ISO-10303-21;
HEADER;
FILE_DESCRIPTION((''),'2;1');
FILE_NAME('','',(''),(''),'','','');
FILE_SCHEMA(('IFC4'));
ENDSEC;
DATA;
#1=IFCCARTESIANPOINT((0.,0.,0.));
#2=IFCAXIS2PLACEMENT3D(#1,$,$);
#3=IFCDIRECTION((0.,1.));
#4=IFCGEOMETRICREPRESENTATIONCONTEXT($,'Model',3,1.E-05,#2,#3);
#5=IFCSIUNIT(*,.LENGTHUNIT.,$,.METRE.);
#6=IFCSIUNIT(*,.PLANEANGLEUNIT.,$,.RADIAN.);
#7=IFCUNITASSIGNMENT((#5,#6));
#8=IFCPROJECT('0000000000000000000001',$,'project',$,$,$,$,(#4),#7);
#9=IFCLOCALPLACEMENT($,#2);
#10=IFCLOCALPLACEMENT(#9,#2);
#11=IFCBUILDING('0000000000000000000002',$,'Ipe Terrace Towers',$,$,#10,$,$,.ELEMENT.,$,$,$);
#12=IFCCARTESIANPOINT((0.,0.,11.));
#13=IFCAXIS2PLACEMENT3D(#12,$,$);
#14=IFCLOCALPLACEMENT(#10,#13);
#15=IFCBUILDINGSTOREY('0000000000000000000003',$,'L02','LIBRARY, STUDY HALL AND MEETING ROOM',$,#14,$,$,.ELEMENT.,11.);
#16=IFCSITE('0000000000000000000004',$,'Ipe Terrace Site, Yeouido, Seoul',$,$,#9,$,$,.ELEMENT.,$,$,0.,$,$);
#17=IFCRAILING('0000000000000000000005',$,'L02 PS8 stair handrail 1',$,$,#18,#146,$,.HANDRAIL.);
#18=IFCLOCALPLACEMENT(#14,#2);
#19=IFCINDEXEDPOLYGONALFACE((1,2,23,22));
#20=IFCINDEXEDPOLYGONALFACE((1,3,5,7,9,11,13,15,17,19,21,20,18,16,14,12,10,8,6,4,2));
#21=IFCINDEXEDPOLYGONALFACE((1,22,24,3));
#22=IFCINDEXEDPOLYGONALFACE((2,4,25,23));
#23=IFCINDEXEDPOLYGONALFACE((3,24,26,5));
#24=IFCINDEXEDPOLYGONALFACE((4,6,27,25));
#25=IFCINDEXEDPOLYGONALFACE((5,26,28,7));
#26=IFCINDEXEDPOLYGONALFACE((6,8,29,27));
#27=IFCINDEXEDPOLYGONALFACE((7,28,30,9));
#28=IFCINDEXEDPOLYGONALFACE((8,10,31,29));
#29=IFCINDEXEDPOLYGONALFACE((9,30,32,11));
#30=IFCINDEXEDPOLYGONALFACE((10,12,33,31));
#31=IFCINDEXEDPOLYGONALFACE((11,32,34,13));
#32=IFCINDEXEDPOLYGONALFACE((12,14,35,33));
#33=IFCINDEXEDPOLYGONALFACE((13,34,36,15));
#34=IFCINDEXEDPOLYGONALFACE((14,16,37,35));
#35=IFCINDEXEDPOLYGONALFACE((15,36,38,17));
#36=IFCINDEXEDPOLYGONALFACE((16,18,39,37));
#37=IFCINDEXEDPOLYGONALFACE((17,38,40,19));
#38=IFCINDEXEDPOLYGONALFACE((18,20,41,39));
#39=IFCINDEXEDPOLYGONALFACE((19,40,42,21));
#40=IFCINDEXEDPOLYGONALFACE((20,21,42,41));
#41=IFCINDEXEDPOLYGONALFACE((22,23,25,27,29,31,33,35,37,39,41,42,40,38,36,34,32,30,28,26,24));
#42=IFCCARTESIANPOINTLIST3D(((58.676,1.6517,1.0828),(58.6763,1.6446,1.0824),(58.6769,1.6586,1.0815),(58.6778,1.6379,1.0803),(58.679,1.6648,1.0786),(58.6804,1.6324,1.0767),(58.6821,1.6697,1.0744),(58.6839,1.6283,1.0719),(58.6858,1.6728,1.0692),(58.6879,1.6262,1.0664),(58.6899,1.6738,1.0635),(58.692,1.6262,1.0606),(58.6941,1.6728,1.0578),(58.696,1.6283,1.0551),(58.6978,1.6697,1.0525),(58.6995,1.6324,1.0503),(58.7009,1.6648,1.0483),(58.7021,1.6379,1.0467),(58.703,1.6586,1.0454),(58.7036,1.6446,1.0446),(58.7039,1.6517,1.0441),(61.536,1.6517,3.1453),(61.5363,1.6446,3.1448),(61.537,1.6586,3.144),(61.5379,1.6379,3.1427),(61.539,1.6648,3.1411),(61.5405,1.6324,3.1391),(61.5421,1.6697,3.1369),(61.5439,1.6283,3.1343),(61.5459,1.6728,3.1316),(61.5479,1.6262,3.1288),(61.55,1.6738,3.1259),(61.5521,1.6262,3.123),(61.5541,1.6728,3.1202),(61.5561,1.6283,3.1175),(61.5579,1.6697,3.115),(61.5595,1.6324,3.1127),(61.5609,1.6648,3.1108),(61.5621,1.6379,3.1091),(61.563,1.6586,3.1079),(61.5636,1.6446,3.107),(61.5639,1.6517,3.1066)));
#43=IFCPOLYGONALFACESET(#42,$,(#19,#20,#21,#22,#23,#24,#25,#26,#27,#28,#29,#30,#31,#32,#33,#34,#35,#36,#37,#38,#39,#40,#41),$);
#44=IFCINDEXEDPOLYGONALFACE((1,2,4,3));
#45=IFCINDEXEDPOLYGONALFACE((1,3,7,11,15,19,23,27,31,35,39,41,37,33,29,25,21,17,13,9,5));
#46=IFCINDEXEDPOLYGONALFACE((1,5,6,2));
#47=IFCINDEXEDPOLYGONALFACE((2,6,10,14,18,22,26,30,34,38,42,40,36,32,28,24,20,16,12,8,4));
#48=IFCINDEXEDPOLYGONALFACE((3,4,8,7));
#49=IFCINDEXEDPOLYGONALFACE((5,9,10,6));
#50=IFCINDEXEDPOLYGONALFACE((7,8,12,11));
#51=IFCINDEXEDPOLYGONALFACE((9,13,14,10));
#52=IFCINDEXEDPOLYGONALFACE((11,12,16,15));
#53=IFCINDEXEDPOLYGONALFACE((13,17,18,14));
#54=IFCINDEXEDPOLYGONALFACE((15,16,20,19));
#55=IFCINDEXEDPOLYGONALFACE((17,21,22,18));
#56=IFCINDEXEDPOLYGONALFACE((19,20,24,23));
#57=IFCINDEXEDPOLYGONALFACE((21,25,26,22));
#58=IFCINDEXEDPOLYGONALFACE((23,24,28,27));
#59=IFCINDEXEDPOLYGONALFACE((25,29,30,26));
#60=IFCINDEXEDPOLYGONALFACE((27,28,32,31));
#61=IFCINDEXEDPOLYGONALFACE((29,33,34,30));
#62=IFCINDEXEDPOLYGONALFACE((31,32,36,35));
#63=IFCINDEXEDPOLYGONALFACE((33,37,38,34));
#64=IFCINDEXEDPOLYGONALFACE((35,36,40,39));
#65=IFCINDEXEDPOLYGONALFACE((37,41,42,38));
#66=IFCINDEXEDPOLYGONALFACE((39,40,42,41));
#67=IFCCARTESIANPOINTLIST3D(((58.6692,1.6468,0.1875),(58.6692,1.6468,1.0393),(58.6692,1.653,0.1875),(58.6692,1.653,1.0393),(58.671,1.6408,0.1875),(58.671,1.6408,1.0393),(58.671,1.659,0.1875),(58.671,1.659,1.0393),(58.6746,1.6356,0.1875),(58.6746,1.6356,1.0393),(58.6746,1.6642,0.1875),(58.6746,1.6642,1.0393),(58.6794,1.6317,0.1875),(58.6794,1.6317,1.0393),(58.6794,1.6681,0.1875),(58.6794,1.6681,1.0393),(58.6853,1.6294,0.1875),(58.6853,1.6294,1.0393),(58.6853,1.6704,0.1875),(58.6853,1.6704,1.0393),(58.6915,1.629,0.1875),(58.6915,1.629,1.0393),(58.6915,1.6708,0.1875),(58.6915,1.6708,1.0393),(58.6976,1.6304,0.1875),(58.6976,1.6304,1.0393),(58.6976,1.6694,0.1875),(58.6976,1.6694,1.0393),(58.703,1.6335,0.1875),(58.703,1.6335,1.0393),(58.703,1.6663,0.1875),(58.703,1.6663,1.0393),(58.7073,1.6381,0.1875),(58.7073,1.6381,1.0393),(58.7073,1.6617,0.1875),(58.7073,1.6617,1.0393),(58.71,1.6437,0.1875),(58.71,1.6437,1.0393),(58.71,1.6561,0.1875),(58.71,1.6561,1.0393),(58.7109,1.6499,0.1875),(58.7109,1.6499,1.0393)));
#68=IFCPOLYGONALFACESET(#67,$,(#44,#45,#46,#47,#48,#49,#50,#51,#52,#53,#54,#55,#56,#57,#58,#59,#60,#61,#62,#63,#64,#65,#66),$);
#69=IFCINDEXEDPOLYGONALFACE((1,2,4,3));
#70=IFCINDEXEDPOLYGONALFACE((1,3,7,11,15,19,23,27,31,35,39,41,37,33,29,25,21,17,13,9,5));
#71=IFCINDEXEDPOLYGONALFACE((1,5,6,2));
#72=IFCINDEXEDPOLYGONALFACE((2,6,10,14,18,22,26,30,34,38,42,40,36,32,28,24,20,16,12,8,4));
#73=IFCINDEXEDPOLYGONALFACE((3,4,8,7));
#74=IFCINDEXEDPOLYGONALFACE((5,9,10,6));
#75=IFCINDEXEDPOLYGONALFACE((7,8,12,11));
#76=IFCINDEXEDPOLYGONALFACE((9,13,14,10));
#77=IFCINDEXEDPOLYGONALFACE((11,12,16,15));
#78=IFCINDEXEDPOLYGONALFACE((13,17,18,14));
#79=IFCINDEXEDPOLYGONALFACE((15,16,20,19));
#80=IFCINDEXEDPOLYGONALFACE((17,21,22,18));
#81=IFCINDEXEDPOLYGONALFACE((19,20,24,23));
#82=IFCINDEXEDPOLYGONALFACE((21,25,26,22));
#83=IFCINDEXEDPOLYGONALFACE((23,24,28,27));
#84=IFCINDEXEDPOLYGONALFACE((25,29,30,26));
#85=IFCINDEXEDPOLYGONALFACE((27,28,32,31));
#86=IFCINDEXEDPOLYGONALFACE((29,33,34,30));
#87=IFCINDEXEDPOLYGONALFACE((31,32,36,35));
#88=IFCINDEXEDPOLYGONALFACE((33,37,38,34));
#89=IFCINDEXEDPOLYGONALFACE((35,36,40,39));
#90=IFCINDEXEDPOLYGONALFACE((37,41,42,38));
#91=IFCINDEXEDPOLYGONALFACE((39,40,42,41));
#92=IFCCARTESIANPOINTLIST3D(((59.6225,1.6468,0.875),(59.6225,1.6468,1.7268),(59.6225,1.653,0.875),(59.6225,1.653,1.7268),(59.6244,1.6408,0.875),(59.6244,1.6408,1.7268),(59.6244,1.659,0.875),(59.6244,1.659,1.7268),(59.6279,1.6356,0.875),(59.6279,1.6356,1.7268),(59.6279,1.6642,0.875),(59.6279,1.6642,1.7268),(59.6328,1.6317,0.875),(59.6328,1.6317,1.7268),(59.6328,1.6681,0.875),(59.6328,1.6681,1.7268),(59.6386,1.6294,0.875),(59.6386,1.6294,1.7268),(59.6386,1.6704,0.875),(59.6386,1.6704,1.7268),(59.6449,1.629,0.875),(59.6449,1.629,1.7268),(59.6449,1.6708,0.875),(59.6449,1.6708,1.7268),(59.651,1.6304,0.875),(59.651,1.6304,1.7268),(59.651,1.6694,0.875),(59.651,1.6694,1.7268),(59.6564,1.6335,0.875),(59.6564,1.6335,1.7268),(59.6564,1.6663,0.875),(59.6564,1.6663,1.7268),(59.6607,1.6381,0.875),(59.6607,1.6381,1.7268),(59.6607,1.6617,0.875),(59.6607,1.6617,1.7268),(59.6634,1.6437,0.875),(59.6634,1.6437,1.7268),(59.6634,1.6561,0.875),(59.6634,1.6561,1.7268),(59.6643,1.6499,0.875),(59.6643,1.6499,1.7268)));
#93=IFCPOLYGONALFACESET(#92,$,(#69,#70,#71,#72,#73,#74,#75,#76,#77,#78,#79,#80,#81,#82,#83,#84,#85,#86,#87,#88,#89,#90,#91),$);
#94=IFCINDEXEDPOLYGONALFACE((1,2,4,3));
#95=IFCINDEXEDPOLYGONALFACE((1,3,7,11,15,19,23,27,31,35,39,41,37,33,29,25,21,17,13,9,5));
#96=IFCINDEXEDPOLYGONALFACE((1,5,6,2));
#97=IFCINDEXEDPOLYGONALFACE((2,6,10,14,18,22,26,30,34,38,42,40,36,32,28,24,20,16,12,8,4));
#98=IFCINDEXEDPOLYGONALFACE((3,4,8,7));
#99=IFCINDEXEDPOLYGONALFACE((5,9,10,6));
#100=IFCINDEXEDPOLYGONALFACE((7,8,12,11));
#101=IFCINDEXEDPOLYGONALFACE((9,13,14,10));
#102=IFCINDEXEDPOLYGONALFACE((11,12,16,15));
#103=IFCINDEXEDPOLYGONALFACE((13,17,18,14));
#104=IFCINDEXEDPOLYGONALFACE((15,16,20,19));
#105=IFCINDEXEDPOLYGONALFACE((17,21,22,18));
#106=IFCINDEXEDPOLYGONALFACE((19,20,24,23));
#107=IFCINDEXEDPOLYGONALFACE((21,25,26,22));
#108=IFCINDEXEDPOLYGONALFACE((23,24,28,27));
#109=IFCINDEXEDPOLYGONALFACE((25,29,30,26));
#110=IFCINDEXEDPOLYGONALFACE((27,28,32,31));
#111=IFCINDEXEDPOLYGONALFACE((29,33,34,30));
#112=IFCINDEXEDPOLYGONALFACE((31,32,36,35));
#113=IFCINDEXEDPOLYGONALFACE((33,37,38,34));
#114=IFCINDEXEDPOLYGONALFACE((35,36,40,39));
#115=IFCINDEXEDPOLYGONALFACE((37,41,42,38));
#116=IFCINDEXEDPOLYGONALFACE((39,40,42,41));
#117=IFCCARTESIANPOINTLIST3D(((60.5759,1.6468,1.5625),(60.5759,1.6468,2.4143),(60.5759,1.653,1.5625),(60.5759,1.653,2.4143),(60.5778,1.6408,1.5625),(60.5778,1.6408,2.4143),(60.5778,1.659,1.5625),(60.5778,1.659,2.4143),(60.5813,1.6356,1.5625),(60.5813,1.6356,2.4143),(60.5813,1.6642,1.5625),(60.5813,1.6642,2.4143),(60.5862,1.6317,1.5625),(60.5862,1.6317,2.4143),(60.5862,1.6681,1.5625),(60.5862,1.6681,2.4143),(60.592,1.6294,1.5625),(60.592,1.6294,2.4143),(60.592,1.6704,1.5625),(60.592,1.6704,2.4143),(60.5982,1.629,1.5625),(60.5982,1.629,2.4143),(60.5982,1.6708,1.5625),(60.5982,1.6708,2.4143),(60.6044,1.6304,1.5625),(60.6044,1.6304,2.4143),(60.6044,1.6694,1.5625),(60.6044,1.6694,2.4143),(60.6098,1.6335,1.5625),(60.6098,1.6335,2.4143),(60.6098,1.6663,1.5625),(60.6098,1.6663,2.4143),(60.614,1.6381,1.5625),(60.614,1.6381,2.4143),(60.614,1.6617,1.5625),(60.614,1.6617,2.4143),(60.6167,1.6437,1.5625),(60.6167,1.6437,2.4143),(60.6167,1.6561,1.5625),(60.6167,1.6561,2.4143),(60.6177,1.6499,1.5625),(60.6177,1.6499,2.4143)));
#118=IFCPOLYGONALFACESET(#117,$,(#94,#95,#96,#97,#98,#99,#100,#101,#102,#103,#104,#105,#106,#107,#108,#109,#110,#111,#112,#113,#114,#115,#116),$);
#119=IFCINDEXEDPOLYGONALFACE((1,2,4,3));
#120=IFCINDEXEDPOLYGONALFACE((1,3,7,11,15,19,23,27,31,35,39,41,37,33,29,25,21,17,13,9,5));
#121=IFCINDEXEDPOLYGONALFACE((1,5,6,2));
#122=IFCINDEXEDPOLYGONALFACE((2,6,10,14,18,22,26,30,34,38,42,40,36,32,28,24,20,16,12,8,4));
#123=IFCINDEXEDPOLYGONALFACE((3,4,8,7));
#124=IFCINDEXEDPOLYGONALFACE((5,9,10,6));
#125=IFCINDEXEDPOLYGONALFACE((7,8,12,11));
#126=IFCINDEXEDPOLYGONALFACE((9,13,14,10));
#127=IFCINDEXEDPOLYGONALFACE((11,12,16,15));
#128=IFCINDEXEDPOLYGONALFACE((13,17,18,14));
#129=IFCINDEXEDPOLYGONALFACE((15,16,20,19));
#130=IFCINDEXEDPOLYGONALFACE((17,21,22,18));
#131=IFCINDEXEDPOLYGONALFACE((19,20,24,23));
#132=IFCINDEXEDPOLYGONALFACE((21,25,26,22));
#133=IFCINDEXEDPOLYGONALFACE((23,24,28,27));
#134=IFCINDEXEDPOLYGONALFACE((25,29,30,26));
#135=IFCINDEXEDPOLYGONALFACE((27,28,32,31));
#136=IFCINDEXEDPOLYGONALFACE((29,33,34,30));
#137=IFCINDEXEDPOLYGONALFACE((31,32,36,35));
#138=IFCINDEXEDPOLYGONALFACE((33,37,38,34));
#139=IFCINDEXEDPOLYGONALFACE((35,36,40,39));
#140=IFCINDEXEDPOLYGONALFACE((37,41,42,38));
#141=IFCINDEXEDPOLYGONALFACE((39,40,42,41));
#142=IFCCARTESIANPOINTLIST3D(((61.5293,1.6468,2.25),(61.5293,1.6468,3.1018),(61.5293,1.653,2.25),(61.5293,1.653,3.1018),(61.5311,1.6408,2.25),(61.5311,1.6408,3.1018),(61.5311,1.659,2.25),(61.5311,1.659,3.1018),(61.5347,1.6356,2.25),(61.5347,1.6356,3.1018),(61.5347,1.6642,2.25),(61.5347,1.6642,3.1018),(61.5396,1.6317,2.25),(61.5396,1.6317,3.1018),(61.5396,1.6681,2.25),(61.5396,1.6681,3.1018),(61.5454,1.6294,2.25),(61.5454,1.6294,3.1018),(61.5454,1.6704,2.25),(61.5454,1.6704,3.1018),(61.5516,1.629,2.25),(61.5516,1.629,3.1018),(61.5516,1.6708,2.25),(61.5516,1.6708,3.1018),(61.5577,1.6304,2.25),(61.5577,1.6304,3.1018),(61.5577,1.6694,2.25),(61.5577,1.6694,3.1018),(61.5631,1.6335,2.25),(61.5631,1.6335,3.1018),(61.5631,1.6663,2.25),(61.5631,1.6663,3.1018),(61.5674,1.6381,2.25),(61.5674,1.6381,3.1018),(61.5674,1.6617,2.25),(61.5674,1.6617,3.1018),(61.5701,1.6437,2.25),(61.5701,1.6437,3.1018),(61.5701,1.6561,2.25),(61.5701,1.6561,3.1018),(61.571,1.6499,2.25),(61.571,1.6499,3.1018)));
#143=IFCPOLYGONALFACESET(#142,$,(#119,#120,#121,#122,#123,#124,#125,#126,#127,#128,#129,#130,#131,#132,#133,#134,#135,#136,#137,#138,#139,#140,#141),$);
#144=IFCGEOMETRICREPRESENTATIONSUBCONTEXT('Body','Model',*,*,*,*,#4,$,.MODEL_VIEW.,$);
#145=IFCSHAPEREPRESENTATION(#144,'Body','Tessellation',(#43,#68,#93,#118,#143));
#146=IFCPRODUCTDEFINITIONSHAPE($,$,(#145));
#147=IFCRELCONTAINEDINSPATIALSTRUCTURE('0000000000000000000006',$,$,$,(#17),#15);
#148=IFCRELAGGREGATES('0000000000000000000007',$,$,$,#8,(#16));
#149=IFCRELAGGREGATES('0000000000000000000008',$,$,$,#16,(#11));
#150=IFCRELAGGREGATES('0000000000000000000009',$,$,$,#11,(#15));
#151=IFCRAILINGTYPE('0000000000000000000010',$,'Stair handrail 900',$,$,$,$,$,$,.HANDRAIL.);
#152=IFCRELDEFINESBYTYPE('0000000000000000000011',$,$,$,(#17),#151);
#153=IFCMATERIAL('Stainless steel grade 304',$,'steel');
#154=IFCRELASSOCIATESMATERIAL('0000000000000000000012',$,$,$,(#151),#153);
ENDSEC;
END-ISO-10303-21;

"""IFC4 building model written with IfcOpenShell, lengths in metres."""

from ifc_helpers import new_model, si_unit, direction, frame, origin, origin_2d, place, context, subcontext, project, spatial, circle, extrude, material, type_object, element, save


model = new_model("IFC4")

# Units and contexts
model_context = context("Model", 3, precision=1e-05, world=origin(), true_north=direction((0.0, 1.0)))
body_context = subcontext(model_context, "Body", "Model", "MODEL_VIEW")
ifc_project = project(units=[si_unit("LENGTHUNIT", "METRE"), si_unit("PLANEANGLEUNIT", "RADIAN")], contexts=[model_context])

# Site, building, storey
site_placement = place(None, origin())
site = spatial("IfcSite", under=ifc_project, at=site_placement, Name="Ipe Terrace Site, Yeouido, Seoul", CompositionType="ELEMENT", RefElevation=0.0)
building_placement = place(site_placement, origin())
building = spatial("IfcBuilding", under=site, at=building_placement, Name="Ipe Terrace Towers", CompositionType="ELEMENT")
storey_placement = place(building_placement, frame((0.0, 0.0, 11.0)))
storey = spatial("IfcBuildingStorey", under=building, at=storey_placement, Name="L02", Description="LIBRARY, STUDY HALL AND MEETING ROOM", CompositionType="ELEMENT", Elevation=11.0)

# Railing
ifc_material_1 = material(Name="Stainless steel grade 304", Category="steel")
railing_type_1 = type_object("IfcRailingType", Name="Stair handrail 900", PredefinedType="HANDRAIL", material=ifc_material_1)
railing_1_placement = place(storey_placement, frame((58.6899, 1.6499, 0.1875)))
element("IfcRailing", 1, at=railing_1_placement, inside=storey, type_object=railing_type_1, Name="L02 PS8 stair handrail 1", PredefinedType="HANDRAIL", context=body_context, shape_type="SweptSolid", body=[
    extrude(circle(Radius=0.0239, at=origin_2d()), frame((0.0, 0.0, 0.876), z_axis=(0.811101, 0.0, 0.584906), x_axis=(0.0, 1.0, 0.0)), (0.0, 0.0, 1.0), 3.5261),
    extrude(circle(Radius=0.021, at=origin_2d()), origin(), (0.0, 0.0, 1.0), 0.8518),
    extrude(circle(Radius=0.021, at=origin_2d()), frame((0.9534, 0.0, 0.6875)), (0.0, 0.0, 1.0), 0.8518),
    extrude(circle(Radius=0.021, at=origin_2d()), frame((1.9067, 0.0, 1.375)), (0.0, 0.0, 1.0), 0.8518),
    extrude(circle(Radius=0.021, at=origin_2d()), frame((2.8601, 0.0, 2.0625)), (0.0, 0.0, 1.0), 0.8518),
])

save(model, "model.ifc")
